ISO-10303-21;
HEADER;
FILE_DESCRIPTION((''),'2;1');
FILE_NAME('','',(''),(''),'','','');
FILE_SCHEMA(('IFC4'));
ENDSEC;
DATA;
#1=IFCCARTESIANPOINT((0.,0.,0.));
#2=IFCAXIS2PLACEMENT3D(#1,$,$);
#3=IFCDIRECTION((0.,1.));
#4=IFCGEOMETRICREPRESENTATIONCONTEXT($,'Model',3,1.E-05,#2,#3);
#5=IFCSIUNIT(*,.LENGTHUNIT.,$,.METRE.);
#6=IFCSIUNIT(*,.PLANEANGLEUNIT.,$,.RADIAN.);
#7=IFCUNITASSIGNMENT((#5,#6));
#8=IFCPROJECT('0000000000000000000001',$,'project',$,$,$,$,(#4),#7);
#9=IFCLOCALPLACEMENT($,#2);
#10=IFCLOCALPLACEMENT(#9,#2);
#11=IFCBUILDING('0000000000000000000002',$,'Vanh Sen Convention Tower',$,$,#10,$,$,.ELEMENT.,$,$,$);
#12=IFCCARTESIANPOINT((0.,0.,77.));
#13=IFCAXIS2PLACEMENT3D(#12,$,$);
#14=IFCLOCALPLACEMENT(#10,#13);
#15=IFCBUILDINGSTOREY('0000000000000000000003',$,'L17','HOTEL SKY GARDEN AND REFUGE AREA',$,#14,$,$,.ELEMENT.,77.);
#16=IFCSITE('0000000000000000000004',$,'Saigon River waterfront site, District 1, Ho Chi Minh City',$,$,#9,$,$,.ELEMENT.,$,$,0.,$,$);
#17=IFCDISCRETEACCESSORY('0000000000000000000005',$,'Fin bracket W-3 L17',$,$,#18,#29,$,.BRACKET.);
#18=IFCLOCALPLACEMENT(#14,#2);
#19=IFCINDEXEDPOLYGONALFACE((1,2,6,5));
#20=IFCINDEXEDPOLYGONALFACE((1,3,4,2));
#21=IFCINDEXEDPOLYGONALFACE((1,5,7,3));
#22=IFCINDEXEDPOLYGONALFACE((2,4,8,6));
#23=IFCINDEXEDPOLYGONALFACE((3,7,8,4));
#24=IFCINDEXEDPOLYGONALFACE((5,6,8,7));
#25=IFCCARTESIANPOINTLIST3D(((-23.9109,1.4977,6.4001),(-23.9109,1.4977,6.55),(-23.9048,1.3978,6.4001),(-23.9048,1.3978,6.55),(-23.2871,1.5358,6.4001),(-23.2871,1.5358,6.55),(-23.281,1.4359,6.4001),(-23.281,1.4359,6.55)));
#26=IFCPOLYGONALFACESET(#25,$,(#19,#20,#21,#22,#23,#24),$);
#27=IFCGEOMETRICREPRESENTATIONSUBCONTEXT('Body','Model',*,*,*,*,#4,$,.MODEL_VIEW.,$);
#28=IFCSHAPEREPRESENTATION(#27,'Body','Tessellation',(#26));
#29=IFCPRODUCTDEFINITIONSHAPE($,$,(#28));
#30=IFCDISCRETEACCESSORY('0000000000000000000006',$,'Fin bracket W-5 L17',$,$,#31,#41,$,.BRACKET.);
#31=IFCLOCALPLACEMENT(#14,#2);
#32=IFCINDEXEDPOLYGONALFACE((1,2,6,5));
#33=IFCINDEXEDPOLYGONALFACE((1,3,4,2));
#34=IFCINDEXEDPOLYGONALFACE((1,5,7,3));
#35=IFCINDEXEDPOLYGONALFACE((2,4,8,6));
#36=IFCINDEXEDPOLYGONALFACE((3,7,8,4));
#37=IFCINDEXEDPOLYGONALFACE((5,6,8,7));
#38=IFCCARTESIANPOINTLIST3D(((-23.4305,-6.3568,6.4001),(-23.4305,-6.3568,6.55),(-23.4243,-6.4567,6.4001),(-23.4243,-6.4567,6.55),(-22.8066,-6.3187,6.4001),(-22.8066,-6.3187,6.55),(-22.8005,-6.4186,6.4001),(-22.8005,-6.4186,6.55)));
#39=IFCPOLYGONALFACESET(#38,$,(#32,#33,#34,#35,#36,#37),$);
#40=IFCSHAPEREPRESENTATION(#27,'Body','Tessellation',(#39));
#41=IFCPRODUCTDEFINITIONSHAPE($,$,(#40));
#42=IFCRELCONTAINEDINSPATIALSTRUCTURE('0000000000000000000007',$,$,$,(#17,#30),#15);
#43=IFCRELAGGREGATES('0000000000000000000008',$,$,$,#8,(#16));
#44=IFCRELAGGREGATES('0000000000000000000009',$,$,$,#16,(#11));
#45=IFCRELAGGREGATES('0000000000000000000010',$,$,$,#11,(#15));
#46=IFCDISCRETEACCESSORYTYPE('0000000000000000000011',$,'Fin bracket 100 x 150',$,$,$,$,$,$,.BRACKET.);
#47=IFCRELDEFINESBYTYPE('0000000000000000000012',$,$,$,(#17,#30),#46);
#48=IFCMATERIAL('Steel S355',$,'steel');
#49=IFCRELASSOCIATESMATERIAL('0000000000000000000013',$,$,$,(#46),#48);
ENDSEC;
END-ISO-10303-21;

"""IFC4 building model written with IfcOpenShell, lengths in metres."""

from ifc_helpers import new_model, si_unit, direction, frame, origin, origin_2d, place, context, subcontext, project, spatial, rectangle, extrude, material, type_object, element, save


model = new_model("IFC4")

# Units and contexts
model_context = context("Model", 3, precision=1e-05, world=origin(), true_north=direction((0.0, 1.0)))
body_context = subcontext(model_context, "Body", "Model", "MODEL_VIEW")
ifc_project = project(units=[si_unit("LENGTHUNIT", "METRE"), si_unit("PLANEANGLEUNIT", "RADIAN")], contexts=[model_context])

# Site, building, storey
site_placement = place(None, origin())
site = spatial("IfcSite", under=ifc_project, at=site_placement, Name="Saigon River waterfront site, District 1, Ho Chi Minh City", CompositionType="ELEMENT", RefElevation=0.0)
building_placement = place(site_placement, origin())
building = spatial("IfcBuilding", under=site, at=building_placement, Name="Vanh Sen Convention Tower", CompositionType="ELEMENT")
storey_placement = place(building_placement, frame((0.0, 0.0, 77.0)))
storey = spatial("IfcBuildingStorey", under=building, at=storey_placement, Name="L17", Description="HOTEL SKY GARDEN AND REFUGE AREA", CompositionType="ELEMENT", Elevation=77.0)

# Discrete accessories
ifc_material_1 = material(Name="Steel S355", Category="steel")
discrete_accessory_type = type_object("IfcDiscreteAccessoryType", Name="Fin bracket 100 x 150", PredefinedType="BRACKET", material=ifc_material_1)
for number, where, z_axis, x_axis, name in (
    (1, (-23.5959, 1.4668, 6.4001), (0.0, 0.0, 1.0), (-0.998135, -0.061049, 0.0), "Fin bracket W-3 L17"),
    (2, (-23.1155, -6.3877, 6.4001), (0.0, 0.0, 1.0), (-0.998135, -0.061049, 0.0), "Fin bracket W-5 L17"),
):
    element("IfcDiscreteAccessory", number, at=place(storey_placement, frame(where, z_axis=z_axis, x_axis=x_axis)), inside=storey, type_object=discrete_accessory_type, Name=name, PredefinedType="BRACKET", context=body_context, shape_type="SweptSolid", body=[
        extrude(rectangle(XDim=0.625, YDim=0.1001, at=origin_2d()), origin(), (0.0, 0.0, 1.0), 0.1499),
    ])

save(model, "model.ifc")
